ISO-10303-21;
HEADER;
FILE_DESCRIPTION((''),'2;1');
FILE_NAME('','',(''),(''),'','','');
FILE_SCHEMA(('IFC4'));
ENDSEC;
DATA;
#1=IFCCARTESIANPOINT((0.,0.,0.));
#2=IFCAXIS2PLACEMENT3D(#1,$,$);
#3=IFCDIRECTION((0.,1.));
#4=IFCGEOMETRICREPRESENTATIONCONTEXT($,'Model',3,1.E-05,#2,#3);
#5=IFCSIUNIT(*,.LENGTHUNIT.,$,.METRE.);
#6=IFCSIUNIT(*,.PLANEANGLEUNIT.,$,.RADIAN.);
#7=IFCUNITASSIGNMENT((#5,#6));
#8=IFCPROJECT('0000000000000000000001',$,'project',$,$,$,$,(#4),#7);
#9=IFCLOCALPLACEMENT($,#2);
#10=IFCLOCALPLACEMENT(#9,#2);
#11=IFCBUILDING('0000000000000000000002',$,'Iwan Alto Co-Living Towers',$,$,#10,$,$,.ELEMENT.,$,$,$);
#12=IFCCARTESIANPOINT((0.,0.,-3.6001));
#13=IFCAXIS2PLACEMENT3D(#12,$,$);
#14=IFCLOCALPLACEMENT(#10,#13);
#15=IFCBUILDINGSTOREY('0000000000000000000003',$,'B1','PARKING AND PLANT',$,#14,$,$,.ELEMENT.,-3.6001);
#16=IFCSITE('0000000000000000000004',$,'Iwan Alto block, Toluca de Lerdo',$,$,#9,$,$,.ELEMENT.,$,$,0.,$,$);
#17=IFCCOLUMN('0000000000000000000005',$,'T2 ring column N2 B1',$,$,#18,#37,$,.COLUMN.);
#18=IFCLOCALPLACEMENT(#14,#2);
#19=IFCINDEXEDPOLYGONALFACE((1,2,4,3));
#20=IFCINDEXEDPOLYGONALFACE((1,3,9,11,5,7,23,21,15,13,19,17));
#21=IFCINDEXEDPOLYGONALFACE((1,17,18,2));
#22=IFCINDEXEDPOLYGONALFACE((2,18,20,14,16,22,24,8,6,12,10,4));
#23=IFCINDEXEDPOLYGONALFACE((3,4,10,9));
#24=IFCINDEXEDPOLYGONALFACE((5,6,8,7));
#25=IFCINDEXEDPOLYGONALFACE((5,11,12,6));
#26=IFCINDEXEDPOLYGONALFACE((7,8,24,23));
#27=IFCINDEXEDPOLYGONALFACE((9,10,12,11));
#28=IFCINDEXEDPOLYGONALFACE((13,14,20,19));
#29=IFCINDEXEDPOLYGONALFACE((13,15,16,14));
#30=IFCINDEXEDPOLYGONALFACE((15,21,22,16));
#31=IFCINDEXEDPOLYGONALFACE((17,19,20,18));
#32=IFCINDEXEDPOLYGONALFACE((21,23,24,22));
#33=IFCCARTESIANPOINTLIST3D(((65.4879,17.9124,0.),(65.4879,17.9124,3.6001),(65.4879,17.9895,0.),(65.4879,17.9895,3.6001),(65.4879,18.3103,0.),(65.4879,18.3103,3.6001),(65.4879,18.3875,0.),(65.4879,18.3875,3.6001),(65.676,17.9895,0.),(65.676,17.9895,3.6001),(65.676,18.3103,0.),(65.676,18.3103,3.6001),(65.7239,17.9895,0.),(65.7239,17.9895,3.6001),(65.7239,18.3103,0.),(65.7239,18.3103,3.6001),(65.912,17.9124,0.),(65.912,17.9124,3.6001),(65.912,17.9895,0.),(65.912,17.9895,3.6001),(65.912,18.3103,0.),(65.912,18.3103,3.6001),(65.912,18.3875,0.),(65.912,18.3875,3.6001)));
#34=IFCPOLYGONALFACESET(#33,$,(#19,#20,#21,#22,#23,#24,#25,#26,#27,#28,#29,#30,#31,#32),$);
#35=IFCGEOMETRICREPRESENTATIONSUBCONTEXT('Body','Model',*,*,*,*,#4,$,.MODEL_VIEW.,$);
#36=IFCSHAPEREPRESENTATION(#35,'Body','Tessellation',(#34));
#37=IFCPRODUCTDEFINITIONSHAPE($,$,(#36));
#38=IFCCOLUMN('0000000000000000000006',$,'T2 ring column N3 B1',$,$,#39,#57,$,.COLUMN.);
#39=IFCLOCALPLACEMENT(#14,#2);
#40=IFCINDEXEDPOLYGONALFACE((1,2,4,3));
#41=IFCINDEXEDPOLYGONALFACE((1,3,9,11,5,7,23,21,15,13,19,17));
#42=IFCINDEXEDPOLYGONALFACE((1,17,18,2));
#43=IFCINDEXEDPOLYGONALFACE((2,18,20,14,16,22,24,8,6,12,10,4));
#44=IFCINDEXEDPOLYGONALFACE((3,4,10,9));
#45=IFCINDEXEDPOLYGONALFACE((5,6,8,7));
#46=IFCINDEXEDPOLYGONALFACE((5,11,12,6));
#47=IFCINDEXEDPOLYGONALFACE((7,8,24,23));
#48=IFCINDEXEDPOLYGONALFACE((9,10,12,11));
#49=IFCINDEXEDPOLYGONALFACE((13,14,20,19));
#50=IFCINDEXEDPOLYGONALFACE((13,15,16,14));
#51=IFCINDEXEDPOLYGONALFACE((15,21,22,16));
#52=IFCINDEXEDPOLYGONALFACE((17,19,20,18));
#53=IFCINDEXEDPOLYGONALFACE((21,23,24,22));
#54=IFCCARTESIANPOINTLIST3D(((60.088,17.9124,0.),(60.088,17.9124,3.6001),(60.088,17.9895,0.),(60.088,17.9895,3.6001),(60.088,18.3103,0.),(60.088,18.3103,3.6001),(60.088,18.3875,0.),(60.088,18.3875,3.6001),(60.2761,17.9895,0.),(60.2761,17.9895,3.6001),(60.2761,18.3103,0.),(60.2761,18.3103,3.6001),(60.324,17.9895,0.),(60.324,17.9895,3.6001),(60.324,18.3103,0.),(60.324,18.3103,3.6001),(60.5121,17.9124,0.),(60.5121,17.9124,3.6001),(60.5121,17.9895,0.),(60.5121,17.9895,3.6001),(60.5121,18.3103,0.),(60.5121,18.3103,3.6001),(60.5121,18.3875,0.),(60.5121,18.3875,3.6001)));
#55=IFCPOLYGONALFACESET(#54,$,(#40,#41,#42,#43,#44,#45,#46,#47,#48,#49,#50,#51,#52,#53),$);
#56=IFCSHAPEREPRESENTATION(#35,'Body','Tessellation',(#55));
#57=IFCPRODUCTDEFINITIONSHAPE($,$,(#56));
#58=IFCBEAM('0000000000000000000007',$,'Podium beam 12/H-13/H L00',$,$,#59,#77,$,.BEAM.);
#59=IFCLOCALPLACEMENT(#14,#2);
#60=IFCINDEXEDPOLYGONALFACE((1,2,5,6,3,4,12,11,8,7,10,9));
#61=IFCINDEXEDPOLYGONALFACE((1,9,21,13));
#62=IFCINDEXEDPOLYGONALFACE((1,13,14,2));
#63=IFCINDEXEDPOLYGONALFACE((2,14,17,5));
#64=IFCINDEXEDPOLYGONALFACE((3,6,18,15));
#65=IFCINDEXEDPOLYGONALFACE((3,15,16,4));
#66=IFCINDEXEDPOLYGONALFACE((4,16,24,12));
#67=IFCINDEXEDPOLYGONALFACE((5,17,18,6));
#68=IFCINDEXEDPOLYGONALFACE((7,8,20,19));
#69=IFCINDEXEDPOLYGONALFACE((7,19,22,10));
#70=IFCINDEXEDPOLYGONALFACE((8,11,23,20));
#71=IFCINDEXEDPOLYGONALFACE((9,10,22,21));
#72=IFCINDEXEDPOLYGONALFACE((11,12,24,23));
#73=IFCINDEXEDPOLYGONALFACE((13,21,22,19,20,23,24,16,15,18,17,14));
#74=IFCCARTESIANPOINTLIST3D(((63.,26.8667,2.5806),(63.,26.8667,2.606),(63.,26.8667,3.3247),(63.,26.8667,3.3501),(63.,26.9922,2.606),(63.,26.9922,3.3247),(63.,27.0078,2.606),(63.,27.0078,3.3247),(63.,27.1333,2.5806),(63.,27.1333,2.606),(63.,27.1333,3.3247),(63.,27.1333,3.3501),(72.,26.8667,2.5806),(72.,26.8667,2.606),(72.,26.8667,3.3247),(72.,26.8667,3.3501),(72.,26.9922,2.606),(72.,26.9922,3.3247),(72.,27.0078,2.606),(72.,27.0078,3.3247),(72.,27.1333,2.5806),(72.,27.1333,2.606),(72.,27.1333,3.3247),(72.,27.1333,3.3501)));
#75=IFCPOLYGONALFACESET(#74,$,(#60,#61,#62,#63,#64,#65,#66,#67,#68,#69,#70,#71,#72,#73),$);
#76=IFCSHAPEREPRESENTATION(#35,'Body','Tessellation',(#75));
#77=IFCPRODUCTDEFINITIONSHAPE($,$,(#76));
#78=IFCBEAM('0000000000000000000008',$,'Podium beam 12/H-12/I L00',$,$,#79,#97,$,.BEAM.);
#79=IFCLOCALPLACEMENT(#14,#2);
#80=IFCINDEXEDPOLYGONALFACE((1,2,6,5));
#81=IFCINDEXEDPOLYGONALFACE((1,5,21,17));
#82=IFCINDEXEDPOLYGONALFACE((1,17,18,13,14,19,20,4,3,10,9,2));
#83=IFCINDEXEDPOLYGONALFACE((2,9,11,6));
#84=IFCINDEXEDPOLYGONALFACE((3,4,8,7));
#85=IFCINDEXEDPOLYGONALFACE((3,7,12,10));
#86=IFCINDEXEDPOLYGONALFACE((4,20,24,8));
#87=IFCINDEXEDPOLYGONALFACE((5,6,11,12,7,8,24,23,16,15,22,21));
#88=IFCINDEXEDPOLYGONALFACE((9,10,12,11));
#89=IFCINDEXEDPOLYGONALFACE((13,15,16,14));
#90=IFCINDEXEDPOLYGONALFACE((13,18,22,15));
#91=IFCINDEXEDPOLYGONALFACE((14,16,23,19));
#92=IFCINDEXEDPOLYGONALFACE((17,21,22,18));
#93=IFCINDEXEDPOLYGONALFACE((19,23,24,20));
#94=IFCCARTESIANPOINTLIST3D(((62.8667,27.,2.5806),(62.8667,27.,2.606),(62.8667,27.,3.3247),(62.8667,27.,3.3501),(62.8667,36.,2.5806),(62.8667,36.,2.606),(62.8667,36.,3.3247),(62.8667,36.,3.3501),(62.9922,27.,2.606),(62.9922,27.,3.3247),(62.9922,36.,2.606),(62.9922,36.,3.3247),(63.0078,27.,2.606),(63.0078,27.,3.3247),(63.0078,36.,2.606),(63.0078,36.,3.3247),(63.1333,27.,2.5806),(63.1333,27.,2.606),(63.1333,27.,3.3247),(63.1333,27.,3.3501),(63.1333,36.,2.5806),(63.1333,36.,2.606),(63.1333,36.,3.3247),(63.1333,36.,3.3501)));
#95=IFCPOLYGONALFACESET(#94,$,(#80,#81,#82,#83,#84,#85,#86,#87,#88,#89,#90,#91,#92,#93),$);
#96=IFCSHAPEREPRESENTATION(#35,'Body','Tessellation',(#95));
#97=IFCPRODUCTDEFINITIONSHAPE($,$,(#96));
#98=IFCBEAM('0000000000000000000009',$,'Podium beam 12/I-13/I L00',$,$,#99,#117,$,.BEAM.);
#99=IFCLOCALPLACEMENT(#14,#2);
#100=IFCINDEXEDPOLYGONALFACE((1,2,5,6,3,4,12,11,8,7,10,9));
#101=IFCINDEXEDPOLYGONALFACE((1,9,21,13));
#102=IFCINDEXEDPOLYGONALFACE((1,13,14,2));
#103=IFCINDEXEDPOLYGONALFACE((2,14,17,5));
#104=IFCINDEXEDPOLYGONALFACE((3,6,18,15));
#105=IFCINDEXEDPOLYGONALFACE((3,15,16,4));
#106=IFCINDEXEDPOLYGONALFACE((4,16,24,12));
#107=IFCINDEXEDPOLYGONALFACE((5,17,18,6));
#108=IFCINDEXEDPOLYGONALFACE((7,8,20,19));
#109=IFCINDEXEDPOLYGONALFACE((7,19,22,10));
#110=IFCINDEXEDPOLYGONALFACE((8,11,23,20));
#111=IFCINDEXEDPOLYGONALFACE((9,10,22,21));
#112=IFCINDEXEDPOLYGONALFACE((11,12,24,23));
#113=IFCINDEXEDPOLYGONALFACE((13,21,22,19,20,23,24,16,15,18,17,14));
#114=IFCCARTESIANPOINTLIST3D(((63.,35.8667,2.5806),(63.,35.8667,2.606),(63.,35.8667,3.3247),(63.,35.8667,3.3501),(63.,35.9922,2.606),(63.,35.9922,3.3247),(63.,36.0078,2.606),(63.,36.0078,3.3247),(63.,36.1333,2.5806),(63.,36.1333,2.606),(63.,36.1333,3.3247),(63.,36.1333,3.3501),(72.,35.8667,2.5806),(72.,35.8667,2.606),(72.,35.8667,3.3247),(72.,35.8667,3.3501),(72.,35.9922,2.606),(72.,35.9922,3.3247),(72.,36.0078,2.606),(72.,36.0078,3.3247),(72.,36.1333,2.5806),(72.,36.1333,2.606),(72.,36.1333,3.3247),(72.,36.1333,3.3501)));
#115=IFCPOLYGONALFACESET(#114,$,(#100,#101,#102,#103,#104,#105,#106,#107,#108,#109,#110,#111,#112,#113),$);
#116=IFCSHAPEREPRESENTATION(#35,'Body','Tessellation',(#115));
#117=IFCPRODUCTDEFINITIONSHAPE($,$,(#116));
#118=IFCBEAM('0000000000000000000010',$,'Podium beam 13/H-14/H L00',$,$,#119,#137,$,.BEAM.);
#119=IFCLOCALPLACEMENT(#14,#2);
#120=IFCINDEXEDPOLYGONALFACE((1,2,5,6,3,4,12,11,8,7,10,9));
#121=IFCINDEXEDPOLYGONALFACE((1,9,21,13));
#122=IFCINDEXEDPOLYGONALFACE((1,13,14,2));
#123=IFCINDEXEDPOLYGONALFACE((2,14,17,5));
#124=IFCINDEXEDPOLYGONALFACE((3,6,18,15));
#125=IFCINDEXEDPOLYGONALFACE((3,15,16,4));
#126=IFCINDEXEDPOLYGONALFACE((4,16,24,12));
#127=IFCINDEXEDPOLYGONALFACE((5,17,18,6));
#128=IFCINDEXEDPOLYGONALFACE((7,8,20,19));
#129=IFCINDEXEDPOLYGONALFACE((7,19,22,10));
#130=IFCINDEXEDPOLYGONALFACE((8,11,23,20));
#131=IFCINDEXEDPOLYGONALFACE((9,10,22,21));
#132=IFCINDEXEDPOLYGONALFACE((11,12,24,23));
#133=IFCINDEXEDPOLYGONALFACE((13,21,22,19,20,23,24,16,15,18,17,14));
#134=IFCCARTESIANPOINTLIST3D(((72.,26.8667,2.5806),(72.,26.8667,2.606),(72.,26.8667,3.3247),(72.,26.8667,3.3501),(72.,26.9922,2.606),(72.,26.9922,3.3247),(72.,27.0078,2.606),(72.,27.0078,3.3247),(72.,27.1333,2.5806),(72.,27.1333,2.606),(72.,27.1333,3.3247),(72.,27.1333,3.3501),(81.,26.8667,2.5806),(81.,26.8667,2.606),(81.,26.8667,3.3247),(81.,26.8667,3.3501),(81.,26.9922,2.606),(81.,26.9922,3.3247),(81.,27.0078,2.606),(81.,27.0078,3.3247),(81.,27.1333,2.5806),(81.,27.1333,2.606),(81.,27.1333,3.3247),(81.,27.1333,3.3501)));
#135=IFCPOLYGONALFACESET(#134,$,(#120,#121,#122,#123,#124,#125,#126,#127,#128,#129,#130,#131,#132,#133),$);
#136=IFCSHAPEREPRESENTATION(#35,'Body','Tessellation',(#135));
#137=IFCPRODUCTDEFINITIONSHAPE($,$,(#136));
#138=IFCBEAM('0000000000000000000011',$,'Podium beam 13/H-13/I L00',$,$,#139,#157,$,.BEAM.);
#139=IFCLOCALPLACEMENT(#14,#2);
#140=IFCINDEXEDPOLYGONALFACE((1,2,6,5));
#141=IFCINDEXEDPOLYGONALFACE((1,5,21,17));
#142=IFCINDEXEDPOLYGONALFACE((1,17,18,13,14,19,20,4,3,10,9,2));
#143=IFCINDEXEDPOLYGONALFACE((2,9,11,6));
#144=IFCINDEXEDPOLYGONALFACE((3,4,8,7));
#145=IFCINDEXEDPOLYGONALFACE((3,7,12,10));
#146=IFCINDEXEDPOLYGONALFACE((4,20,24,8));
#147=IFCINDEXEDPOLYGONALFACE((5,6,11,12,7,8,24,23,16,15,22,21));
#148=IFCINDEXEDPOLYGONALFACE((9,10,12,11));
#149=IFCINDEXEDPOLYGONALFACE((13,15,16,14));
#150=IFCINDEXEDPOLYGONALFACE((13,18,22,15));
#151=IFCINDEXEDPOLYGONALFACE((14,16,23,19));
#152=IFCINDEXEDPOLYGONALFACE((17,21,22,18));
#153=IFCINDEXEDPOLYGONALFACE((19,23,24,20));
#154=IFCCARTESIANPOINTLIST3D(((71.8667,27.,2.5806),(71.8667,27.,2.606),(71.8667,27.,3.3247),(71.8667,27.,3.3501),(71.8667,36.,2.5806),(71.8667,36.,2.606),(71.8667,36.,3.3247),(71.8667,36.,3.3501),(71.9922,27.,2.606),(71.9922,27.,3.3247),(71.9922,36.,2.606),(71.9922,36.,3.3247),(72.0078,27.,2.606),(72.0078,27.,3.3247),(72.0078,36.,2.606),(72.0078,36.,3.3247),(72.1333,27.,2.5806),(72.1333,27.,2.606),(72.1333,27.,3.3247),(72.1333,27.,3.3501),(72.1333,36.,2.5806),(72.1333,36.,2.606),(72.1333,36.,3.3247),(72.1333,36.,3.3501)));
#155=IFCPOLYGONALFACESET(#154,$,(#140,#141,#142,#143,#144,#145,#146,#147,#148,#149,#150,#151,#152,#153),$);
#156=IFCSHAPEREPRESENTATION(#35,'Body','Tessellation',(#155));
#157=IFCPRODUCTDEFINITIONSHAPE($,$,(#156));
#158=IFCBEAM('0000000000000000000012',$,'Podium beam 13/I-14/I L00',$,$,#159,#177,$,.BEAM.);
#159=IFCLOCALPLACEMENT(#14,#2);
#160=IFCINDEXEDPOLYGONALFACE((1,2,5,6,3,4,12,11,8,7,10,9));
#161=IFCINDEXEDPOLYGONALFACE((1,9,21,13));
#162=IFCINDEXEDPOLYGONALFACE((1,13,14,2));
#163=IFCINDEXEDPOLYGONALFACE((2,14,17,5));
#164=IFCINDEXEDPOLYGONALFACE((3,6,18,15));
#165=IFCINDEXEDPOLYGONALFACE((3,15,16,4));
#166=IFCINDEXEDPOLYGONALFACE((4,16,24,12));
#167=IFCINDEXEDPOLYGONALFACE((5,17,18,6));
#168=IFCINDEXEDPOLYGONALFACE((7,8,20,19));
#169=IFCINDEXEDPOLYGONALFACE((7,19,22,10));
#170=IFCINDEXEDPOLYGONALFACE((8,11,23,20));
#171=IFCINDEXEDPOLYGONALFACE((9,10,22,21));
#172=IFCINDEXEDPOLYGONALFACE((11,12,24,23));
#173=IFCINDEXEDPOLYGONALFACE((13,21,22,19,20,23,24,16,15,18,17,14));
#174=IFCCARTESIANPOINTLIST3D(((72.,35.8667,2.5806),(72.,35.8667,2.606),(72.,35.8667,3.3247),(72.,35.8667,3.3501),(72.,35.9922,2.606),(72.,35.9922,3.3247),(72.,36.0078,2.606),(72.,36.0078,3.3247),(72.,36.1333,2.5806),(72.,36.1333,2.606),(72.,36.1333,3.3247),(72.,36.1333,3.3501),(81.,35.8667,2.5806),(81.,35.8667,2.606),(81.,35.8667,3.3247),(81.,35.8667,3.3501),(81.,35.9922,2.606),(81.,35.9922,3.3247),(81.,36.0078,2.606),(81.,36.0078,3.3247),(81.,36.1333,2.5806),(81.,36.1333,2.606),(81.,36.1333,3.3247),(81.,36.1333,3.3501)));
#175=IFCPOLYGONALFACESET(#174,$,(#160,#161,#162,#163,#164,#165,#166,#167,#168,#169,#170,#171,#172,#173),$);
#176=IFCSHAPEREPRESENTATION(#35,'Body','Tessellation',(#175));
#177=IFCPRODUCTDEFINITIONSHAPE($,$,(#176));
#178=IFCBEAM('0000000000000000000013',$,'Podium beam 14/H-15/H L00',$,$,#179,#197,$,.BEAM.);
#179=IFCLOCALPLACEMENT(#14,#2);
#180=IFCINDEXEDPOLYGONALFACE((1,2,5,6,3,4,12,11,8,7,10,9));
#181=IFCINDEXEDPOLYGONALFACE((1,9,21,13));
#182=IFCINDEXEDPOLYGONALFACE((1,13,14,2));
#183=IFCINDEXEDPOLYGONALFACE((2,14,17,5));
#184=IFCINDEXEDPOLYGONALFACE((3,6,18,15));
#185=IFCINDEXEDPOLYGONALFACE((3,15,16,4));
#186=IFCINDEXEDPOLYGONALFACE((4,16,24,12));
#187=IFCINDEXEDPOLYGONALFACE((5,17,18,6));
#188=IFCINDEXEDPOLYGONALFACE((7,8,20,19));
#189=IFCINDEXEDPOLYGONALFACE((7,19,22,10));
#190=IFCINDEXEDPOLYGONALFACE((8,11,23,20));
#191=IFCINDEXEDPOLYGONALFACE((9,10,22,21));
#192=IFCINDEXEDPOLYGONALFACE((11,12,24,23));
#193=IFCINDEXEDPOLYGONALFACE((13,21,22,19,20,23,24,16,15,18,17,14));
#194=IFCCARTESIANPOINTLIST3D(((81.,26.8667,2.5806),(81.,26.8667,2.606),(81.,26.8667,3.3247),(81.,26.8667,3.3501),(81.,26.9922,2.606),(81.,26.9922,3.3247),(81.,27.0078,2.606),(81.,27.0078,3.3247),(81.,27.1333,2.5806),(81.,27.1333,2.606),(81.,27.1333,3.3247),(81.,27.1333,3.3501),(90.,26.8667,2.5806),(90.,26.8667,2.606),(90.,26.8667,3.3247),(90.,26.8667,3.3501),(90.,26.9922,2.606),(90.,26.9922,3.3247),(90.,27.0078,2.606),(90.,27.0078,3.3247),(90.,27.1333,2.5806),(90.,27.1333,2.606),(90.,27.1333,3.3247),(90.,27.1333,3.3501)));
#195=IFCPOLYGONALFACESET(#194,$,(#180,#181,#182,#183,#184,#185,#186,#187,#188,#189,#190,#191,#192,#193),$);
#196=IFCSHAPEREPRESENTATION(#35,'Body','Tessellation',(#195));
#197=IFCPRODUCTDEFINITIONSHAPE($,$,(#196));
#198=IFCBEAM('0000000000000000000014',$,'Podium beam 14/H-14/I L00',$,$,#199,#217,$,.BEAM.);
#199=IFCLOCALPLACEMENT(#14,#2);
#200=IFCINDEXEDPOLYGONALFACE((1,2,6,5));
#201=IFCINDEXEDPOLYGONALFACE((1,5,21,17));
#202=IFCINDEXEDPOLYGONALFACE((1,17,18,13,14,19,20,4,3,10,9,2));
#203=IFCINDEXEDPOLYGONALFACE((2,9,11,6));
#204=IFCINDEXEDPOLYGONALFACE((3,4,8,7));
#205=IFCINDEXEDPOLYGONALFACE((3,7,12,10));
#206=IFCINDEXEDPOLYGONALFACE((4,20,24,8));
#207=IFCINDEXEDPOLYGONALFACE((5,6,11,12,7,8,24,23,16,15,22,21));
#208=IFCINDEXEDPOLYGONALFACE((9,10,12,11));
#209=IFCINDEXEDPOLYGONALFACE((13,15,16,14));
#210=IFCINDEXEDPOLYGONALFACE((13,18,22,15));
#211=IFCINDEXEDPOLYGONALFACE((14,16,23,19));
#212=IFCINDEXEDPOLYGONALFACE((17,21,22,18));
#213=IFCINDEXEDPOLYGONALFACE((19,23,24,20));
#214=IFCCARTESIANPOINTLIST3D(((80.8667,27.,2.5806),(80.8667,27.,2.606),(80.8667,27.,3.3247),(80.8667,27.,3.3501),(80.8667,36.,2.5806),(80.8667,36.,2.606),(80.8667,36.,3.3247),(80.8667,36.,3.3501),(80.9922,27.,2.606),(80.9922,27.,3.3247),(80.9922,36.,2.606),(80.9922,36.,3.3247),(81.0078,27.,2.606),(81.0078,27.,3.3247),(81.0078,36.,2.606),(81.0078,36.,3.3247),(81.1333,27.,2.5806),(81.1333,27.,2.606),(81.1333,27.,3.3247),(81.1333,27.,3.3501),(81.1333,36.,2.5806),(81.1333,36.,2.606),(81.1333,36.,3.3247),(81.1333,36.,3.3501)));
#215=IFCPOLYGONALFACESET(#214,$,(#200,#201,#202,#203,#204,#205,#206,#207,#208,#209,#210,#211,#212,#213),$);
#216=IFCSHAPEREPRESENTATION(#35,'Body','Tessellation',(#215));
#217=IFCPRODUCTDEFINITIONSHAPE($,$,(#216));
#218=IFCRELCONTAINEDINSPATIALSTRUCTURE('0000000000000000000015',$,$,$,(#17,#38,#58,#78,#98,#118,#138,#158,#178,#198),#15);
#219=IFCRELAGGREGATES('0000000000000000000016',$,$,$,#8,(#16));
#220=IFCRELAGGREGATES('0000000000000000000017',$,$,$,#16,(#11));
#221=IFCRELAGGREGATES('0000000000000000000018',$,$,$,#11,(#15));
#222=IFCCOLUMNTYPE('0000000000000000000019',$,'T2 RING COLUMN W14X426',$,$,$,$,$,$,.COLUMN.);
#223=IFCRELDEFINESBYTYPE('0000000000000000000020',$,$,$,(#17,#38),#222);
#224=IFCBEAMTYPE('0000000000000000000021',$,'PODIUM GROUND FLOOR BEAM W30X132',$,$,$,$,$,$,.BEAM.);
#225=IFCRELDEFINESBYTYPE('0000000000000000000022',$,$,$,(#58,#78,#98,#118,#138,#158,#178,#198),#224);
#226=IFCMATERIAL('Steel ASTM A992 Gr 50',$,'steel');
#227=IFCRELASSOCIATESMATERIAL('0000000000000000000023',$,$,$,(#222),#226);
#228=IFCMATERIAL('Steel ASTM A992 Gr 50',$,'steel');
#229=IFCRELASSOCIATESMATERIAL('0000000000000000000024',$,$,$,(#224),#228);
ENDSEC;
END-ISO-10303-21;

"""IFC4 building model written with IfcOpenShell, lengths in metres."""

from ifc_helpers import new_model, si_unit, direction, frame, origin, origin_2d, place, context, subcontext, project, spatial, i_section, extrude, material, material_profile, profile_set, type_object, element, save


model = new_model("IFC4")

# Units and contexts
model_context = context("Model", 3, precision=1e-05, world=origin(), true_north=direction((0.0, 1.0)))
body_context = subcontext(model_context, "Body", "Model", "MODEL_VIEW")
ifc_project = project(units=[si_unit("LENGTHUNIT", "METRE"), si_unit("PLANEANGLEUNIT", "RADIAN")], contexts=[model_context])

# Site, building, storey
site_placement = place(None, origin())
site = spatial("IfcSite", under=ifc_project, at=site_placement, Name="Iwan Alto block, Toluca de Lerdo", CompositionType="ELEMENT", RefElevation=0.0)
building_placement = place(site_placement, origin())
building = spatial("IfcBuilding", under=site, at=building_placement, Name="Iwan Alto Co-Living Towers", CompositionType="ELEMENT")
storey_placement = place(building_placement, frame((0.0, 0.0, -3.6001)))
storey = spatial("IfcBuildingStorey", under=building, at=storey_placement, Name="B1", Description="PARKING AND PLANT", CompositionType="ELEMENT", Elevation=-3.6001)

# Columns
ifc_material_1 = material(Name="Steel ASTM A992 Gr 50", Category="steel")
ifc_material_profile_1 = material_profile(ifc_material_1, i_section(OverallWidth=0.4241, OverallDepth=0.4751, WebThickness=0.0479, FlangeThickness=0.0771, at=origin_2d()), Name="W14X426")
ifc_profile_set_1 = profile_set([ifc_material_profile_1], Name="Steel ASTM A992 Gr 50")
column_type_1 = type_object("IfcColumnType", Name="T2 RING COLUMN W14X426", PredefinedType="COLUMN", material=ifc_profile_set_1)
for number, where, z_axis, x_axis, name in (
    (1, (65.7, 18.1499, 0.0), (0.0, 0.0, 1.0), (1.0, 0.0, 0.0), "T2 ring column N2 B1"),
    (2, (60.3, 18.1499, 0.0), (0.0, 0.0, 1.0), (1.0, 0.0, 0.0), "T2 ring column N3 B1"),
):
    element("IfcColumn", number, at=place(storey_placement, frame(where, z_axis=z_axis, x_axis=x_axis)), inside=storey, type_object=column_type_1, Name=name, PredefinedType="COLUMN", context=body_context, shape_type="SweptSolid", body=[
        extrude(i_section(OverallWidth=0.4241, OverallDepth=0.4751, WebThickness=0.0479, FlangeThickness=0.0771, at=origin_2d()), origin(), (0.0, 0.0, 1.0), 3.6001),
    ])

# Beams
ifc_material_2 = material(Name="Steel ASTM A992 Gr 50", Category="steel")
ifc_material_profile_2 = material_profile(ifc_material_2, i_section(OverallWidth=0.2666, OverallDepth=0.7695, WebThickness=0.0156, FlangeThickness=0.0254, at=origin_2d()), Name="W30X132")
ifc_profile_set_2 = profile_set([ifc_material_profile_2], Name="Steel ASTM A992 Gr 50")
beam_type_1 = type_object("IfcBeamType", Name="PODIUM GROUND FLOOR BEAM W30X132", PredefinedType="BEAM", material=ifc_profile_set_2)
for number, where, z_axis, x_axis, name in (
    (3, (63.0, 27.0, 2.9653), (1.0, 0.0, 0.0), (0.0, 1.0, 0.0), "Podium beam 12/H-13/H L00"),
    (4, (63.0, 27.0, 2.9653), (0.0, 1.0, 0.0), (-1.0, 0.0, 0.0), "Podium beam 12/H-12/I L00"),
    (5, (63.0, 36.0, 2.9653), (1.0, 0.0, 0.0), (0.0, 1.0, 0.0), "Podium beam 12/I-13/I L00"),
    (6, (72.0, 27.0, 2.9653), (1.0, 0.0, 0.0), (0.0, 1.0, 0.0), "Podium beam 13/H-14/H L00"),
    (7, (72.0, 27.0, 2.9653), (0.0, 1.0, 0.0), (-1.0, 0.0, 0.0), "Podium beam 13/H-13/I L00"),
    (8, (72.0, 36.0, 2.9653), (1.0, 0.0, 0.0), (0.0, 1.0, 0.0), "Podium beam 13/I-14/I L00"),
    (9, (81.0, 27.0, 2.9653), (1.0, 0.0, 0.0), (0.0, 1.0, 0.0), "Podium beam 14/H-15/H L00"),
    (10, (81.0, 27.0, 2.9653), (0.0, 1.0, 0.0), (-1.0, 0.0, 0.0), "Podium beam 14/H-14/I L00"),
):
    element("IfcBeam", number, at=place(storey_placement, frame(where, z_axis=z_axis, x_axis=x_axis)), inside=storey, type_object=beam_type_1, Name=name, PredefinedType="BEAM", context=body_context, shape_type="SweptSolid", body=[
        extrude(i_section(OverallWidth=0.2666, OverallDepth=0.7695, WebThickness=0.0156, FlangeThickness=0.0254, at=origin_2d()), origin(), (0.0, 0.0, 1.0), 9.0),
    ])

save(model, "model.ifc")
